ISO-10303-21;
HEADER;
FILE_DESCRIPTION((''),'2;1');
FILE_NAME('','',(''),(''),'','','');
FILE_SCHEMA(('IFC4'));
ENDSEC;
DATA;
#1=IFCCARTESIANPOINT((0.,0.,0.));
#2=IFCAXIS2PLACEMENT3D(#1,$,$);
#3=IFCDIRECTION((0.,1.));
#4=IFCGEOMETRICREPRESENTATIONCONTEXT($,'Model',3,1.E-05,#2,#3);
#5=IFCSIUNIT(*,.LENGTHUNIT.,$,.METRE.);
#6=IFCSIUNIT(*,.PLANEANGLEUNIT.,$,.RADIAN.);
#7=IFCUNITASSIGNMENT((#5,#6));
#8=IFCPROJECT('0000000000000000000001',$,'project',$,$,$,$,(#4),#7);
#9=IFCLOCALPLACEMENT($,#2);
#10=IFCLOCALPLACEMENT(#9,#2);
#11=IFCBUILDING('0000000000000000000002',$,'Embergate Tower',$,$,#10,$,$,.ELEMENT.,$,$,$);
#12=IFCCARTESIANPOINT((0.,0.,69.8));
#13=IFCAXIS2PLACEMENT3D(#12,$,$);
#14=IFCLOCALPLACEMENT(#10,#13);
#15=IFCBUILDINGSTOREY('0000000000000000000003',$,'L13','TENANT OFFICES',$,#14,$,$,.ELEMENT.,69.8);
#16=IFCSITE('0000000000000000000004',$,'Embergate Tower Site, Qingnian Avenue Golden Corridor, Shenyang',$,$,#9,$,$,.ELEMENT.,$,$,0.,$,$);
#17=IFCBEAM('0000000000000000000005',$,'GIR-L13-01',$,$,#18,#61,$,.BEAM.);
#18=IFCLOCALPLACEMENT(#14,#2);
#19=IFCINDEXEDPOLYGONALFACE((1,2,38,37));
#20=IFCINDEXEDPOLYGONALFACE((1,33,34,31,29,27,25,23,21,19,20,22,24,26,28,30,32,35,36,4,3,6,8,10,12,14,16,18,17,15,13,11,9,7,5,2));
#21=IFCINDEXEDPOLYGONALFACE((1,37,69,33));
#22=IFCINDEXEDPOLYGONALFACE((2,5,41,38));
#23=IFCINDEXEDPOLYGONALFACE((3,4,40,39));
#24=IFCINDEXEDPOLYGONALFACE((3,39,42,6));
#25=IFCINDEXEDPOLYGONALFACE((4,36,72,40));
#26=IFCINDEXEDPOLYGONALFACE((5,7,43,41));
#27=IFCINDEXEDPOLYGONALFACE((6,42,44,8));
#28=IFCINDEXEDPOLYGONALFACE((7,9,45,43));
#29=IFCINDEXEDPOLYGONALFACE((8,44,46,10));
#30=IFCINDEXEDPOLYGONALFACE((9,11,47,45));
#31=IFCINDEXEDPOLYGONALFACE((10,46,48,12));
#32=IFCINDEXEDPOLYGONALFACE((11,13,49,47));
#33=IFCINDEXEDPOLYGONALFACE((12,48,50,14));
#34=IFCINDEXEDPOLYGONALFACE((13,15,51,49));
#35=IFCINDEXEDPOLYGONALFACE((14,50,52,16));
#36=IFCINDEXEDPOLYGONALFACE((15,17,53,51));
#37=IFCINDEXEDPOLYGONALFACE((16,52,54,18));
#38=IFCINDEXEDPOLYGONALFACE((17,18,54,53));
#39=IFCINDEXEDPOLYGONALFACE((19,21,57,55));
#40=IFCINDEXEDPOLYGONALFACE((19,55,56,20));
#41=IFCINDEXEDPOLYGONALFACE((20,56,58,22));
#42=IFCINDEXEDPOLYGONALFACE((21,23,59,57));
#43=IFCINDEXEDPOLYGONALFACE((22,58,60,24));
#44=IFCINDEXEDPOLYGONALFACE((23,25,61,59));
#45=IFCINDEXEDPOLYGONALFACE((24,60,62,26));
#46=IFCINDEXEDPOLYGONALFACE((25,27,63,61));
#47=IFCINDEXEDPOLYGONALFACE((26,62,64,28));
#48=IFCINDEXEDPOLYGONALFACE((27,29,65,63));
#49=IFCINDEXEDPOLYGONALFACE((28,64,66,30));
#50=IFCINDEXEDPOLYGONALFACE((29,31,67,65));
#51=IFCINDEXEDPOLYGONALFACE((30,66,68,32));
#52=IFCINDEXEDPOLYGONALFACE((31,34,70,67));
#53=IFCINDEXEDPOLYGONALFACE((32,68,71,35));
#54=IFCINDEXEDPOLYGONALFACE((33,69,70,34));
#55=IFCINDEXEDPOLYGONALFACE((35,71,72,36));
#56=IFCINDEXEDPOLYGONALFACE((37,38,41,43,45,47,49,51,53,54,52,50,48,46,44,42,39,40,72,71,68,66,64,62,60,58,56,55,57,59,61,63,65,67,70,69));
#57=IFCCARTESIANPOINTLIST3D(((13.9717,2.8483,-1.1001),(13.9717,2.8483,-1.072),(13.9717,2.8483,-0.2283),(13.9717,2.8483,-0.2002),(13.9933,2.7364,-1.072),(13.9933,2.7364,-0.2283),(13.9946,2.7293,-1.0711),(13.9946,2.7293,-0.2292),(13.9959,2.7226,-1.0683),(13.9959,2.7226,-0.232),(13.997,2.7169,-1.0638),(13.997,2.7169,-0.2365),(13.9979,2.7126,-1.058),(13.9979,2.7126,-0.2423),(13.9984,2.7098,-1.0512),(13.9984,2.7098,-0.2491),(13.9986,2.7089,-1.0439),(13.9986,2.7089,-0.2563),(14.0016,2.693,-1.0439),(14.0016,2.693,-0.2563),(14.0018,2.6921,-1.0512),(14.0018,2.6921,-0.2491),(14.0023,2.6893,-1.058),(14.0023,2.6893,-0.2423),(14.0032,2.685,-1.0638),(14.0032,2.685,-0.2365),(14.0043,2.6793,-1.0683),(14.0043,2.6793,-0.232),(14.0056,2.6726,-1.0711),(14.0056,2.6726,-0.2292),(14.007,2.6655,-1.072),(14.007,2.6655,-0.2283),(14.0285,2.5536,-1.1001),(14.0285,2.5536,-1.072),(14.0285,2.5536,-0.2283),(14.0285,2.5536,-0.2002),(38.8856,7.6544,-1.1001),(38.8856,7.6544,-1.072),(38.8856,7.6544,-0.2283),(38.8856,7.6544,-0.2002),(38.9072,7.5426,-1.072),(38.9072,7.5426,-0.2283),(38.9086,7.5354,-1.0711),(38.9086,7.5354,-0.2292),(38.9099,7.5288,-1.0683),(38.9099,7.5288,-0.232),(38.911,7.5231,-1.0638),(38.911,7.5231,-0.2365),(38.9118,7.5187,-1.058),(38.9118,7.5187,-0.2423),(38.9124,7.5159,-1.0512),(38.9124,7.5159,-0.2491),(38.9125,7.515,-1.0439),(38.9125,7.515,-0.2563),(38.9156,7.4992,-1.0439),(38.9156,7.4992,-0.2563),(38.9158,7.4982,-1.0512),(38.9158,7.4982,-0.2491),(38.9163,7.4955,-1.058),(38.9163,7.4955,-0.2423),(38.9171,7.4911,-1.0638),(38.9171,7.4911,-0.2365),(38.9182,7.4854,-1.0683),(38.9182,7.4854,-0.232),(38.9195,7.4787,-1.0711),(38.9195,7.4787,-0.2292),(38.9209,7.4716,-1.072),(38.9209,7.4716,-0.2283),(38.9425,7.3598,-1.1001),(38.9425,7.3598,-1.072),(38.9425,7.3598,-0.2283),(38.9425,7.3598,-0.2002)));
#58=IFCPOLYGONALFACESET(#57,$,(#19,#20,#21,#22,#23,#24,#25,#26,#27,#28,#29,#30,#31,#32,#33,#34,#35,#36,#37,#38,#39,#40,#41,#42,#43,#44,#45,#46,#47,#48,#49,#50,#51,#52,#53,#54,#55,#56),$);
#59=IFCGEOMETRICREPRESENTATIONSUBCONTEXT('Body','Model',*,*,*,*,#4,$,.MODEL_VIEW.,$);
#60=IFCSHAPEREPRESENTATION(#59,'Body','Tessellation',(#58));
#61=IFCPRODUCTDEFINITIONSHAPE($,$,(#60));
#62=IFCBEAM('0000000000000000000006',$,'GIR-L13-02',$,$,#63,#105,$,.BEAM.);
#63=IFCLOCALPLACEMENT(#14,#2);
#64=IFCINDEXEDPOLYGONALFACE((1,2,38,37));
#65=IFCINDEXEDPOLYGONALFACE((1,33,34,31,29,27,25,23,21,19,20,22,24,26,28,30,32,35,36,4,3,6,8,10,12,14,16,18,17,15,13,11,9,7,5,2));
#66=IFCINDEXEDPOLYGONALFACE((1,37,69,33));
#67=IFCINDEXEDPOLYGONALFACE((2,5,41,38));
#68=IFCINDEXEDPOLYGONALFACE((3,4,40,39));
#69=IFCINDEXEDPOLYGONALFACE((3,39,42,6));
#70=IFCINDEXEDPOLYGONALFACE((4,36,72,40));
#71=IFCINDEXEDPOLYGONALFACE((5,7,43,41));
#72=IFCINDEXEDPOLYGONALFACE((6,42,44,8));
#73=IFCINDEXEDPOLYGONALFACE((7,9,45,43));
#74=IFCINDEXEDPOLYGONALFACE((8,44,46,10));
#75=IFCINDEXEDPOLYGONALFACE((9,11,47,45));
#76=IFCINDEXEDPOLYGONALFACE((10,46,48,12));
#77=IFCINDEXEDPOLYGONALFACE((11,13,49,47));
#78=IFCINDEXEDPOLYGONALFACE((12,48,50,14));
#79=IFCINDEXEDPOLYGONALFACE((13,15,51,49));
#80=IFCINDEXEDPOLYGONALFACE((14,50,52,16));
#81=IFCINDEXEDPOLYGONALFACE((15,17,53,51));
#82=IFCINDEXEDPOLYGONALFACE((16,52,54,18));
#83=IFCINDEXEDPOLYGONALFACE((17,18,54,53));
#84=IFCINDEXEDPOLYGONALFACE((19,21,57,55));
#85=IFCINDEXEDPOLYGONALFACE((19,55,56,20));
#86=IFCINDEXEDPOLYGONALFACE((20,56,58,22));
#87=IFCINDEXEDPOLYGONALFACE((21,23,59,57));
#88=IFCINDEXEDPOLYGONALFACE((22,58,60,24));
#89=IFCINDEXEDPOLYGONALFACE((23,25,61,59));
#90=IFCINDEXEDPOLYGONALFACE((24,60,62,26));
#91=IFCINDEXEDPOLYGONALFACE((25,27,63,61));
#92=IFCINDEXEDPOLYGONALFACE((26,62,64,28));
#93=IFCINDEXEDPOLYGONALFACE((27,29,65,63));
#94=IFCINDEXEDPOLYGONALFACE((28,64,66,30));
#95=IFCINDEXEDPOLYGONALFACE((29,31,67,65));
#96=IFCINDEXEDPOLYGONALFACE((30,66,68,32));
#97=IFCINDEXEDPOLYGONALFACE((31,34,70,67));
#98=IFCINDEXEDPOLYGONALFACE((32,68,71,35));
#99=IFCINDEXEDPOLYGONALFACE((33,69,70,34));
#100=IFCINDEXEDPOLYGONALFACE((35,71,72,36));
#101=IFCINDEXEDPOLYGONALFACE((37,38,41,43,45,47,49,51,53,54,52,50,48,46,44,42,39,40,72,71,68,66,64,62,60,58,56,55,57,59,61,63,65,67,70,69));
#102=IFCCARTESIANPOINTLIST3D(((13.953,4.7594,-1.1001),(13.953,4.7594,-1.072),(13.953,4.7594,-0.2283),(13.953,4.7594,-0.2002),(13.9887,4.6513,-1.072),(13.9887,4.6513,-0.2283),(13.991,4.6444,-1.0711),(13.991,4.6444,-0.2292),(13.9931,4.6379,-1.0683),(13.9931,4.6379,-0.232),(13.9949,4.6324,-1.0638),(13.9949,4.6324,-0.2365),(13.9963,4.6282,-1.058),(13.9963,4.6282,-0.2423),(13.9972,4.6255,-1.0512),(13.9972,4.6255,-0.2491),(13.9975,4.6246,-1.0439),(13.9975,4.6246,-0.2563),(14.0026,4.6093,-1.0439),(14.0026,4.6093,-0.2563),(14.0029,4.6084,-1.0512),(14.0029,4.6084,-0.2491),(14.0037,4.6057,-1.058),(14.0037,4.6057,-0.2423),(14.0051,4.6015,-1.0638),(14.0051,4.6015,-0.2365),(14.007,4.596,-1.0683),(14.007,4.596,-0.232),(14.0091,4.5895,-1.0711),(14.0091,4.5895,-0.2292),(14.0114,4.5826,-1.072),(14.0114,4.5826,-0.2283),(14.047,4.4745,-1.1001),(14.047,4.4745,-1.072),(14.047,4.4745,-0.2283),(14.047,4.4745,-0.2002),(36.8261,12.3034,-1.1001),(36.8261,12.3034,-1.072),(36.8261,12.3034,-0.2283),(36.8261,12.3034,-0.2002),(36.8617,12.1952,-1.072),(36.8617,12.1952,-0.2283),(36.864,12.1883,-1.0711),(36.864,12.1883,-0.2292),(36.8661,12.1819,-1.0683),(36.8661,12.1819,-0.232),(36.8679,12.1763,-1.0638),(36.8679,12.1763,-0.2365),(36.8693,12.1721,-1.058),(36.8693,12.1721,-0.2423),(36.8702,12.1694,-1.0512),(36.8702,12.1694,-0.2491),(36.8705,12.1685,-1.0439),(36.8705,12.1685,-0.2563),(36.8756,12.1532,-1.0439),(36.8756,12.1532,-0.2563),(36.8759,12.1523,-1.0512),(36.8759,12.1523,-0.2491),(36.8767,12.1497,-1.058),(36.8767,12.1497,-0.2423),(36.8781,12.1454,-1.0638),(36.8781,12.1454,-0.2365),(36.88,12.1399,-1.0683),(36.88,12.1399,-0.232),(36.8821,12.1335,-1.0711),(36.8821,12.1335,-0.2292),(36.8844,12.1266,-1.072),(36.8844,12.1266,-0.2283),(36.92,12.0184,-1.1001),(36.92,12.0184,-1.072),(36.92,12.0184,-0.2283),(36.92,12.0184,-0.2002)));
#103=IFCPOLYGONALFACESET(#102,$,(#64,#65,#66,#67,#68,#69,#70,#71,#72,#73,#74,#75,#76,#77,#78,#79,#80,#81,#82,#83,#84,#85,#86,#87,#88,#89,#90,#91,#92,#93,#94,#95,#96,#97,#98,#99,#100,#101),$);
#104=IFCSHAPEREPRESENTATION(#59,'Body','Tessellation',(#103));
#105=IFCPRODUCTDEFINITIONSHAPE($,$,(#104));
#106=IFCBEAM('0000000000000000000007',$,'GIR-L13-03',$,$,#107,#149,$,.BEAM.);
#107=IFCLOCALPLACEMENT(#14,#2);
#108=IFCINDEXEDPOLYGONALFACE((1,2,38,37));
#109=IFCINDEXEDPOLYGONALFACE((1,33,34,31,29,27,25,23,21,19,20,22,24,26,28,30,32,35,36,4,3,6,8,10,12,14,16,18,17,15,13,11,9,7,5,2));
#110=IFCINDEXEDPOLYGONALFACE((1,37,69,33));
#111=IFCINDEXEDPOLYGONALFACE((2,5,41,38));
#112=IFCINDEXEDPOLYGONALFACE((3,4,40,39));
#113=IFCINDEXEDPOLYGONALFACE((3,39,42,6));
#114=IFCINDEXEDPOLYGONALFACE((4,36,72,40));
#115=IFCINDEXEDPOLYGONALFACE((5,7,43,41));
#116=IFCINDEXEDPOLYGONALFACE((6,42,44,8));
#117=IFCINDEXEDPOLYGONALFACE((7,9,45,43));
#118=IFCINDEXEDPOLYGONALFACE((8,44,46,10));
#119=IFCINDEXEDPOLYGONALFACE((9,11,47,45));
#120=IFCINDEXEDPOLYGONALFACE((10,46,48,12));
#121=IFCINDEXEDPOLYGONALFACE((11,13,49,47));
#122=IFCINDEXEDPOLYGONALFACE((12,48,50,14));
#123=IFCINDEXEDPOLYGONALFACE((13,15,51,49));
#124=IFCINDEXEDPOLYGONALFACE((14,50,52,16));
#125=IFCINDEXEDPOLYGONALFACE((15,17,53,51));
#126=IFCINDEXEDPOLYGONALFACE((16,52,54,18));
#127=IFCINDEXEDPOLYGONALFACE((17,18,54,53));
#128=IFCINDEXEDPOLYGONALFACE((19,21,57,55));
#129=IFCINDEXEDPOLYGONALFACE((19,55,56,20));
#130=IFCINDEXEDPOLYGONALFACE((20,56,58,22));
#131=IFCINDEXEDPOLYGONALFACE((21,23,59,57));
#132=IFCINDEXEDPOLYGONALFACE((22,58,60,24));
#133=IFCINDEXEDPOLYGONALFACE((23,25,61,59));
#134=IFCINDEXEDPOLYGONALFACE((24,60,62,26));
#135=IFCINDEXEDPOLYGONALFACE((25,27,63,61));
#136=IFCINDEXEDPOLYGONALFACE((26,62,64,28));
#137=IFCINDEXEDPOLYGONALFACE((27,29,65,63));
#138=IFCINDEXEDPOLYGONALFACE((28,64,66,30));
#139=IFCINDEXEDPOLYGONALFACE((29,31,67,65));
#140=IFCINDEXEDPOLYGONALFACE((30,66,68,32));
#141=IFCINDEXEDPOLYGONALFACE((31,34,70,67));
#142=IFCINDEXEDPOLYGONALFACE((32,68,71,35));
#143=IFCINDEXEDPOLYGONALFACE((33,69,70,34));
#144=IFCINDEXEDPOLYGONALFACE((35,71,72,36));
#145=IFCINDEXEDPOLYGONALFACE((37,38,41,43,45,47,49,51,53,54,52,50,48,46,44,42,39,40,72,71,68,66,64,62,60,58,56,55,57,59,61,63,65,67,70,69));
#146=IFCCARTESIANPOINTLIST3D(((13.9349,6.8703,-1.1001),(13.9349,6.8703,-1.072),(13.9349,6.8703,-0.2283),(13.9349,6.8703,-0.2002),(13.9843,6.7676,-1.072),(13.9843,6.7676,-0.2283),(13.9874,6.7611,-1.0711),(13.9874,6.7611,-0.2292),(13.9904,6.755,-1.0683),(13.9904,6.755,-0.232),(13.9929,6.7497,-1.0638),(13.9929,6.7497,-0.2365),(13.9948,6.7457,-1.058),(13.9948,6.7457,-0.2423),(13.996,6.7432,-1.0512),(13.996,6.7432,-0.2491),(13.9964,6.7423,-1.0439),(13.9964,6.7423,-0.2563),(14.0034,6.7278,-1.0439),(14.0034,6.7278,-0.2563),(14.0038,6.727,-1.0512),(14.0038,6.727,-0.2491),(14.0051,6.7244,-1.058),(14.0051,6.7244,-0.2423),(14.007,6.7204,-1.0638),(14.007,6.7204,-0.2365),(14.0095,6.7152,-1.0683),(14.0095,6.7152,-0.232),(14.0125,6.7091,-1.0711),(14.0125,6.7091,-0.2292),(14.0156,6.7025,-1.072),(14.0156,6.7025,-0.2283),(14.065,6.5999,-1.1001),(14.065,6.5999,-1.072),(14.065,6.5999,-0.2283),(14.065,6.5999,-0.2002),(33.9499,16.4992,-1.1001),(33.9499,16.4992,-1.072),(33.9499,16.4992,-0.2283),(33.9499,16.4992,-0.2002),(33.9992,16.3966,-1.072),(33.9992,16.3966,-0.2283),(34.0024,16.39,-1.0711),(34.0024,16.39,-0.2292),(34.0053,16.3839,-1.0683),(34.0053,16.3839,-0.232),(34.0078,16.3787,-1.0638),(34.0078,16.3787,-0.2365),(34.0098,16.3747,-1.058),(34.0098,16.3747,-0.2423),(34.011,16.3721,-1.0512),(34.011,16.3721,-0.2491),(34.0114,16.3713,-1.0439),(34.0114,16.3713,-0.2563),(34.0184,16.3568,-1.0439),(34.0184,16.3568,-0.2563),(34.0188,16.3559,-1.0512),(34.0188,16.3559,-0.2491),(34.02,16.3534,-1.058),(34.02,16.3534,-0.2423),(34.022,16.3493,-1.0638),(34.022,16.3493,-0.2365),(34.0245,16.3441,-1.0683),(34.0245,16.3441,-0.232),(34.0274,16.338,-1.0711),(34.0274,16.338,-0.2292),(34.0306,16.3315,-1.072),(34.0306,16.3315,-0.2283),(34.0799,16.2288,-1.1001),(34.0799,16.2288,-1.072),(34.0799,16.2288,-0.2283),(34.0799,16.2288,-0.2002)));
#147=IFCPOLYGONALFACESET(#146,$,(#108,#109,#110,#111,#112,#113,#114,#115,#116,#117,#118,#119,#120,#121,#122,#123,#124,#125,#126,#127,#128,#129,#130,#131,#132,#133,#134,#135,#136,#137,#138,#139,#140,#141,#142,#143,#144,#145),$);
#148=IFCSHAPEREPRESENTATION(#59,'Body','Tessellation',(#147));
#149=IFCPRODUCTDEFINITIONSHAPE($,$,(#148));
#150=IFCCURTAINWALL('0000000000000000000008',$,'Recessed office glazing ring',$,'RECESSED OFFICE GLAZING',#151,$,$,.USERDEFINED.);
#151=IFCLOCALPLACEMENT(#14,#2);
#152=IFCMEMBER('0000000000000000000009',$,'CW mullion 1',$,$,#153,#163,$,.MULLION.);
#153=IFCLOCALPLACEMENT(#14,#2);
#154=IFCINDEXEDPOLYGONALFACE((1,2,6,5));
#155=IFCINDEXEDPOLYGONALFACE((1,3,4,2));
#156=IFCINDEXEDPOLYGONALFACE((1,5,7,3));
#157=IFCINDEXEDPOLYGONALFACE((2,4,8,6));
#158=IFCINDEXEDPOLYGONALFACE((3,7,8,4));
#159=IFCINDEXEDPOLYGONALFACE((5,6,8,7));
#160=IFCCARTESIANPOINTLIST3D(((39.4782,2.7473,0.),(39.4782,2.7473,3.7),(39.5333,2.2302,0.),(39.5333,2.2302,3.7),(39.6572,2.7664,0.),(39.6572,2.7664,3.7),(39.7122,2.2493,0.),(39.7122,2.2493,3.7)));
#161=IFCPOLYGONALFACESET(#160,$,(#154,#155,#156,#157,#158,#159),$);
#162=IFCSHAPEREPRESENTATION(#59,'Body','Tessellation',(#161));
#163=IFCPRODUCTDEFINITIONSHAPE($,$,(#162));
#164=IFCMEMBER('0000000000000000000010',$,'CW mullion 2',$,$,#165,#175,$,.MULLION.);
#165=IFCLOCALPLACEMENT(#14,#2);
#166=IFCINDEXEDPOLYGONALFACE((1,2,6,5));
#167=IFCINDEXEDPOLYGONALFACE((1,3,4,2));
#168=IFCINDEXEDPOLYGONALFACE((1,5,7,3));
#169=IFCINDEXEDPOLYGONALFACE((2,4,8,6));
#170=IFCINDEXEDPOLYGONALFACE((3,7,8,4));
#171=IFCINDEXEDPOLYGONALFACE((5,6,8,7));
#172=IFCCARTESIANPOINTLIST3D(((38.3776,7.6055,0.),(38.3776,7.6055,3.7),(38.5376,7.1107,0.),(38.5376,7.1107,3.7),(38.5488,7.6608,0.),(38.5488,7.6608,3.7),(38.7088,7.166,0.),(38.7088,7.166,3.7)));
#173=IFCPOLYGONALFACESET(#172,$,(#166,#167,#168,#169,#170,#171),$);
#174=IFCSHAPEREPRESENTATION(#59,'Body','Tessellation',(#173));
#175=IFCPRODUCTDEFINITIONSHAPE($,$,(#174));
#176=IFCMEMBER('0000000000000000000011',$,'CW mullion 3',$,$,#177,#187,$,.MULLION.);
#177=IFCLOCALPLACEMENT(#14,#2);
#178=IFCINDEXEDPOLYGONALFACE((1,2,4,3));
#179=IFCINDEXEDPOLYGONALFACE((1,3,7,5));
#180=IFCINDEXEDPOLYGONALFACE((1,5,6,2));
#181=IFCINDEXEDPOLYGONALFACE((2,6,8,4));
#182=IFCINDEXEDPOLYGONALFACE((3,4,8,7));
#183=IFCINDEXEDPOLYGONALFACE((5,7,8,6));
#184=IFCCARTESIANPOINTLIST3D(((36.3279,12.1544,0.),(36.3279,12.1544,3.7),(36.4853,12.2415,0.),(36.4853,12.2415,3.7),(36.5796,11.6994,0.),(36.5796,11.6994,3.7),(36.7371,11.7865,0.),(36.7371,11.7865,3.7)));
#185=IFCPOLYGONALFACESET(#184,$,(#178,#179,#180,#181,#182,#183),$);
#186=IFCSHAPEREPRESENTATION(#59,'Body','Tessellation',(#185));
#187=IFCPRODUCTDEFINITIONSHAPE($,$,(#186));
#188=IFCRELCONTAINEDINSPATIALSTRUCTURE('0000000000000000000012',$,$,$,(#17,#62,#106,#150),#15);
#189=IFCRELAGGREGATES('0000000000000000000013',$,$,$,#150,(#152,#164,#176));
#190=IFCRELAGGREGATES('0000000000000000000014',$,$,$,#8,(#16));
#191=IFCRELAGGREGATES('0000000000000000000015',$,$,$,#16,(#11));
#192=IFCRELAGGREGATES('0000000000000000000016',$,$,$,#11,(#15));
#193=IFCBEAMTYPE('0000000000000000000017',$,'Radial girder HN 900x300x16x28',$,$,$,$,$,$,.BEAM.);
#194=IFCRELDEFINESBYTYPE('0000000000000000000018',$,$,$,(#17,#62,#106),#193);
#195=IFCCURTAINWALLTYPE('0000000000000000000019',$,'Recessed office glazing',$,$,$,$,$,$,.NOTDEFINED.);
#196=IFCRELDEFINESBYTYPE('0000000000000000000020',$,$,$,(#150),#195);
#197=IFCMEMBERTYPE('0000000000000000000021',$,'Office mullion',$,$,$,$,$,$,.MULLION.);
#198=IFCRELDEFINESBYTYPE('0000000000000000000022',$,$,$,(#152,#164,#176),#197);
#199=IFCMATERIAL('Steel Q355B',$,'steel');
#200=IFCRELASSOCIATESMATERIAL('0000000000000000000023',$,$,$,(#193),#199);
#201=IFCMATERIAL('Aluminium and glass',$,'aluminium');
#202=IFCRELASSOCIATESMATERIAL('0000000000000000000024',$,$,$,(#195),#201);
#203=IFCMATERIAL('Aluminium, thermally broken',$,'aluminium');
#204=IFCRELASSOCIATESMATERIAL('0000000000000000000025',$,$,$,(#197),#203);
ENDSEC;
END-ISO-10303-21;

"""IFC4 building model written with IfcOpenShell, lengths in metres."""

from ifc_helpers import new_model, si_unit, direction, frame, origin, origin_2d, place, context, subcontext, project, spatial, rectangle, i_section, extrude, source, transform, mapped, material, material_profile, profile_set, type_object, element, aggregate, save


model = new_model("IFC4")

# Units and contexts
model_context = context("Model", 3, precision=1e-05, world=origin(), true_north=direction((0.0, 1.0)))
body_context = subcontext(model_context, "Body", "Model", "MODEL_VIEW")
ifc_project = project(units=[si_unit("LENGTHUNIT", "METRE"), si_unit("PLANEANGLEUNIT", "RADIAN")], contexts=[model_context])

# Site, building, storey
site_placement = place(None, origin())
site = spatial("IfcSite", under=ifc_project, at=site_placement, Name="Embergate Tower Site, Qingnian Avenue Golden Corridor, Shenyang", CompositionType="ELEMENT", RefElevation=0.0)
building_placement = place(site_placement, origin())
building = spatial("IfcBuilding", under=site, at=building_placement, Name="Embergate Tower", CompositionType="ELEMENT")
storey_placement = place(building_placement, frame((0.0, 0.0, 69.8)))
storey = spatial("IfcBuildingStorey", under=building, at=storey_placement, Name="L13", Description="TENANT OFFICES", CompositionType="ELEMENT", Elevation=69.8)

# Beams
ifc_material_1 = material(Name="Steel Q355B", Category="steel")
ifc_material_profile_1 = material_profile(ifc_material_1, i_section(OverallWidth=0.3, OverallDepth=0.8999, WebThickness=0.0161, FlangeThickness=0.0281, FilletRadius=0.0281, at=origin_2d()), Name="HN 900x300x16x28")
ifc_profile_set_1 = profile_set([ifc_material_profile_1], Name="Steel Q355 grade B")
beam_type_1 = type_object("IfcBeamType", Name="Radial girder HN 900x300x16x28", PredefinedType="BEAM", material=ifc_profile_set_1)
shared_shape_1 = source(origin(), body_context, "Body", "SweptSolid", [
    extrude(i_section(OverallWidth=0.3, OverallDepth=0.8999, WebThickness=0.0161, FlangeThickness=0.0281, FilletRadius=0.0281, at=origin_2d()), origin(), (0.0, 0.0, 1.0), 25.3733),
])
beam_1_placement = place(storey_placement, frame((38.9141, 7.5071, -0.6501), z_axis=(-0.981897, -0.189417, 0.0), x_axis=(0.189417, -0.981897, 0.0)))
element("IfcBeam", 1, at=beam_1_placement, inside=storey, type_object=beam_type_1, Name="GIR-L13-01", PredefinedType="BEAM", context=body_context, shape_type="MappedRepresentation", body=[
    mapped(shared_shape_1, transform((0.0, 0.0, 0.0))),
])
shared_shape_2 = source(origin(), body_context, "Body", "SweptSolid", [
    extrude(i_section(OverallWidth=0.3, OverallDepth=0.8999, WebThickness=0.0161, FlangeThickness=0.0281, FilletRadius=0.0281, at=origin_2d()), origin(), (0.0, 0.0, 1.0), 24.085),
])
beam_2_placement = place(storey_placement, frame((36.873, 12.1609, -0.6501), z_axis=(-0.94968, -0.313222, 0.0), x_axis=(0.313222, -0.94968, 0.0)))
element("IfcBeam", 2, at=beam_2_placement, inside=storey, type_object=beam_type_1, Name="GIR-L13-02", PredefinedType="BEAM", context=body_context, shape_type="MappedRepresentation", body=[
    mapped(shared_shape_2, transform((0.0, 0.0, 0.0))),
])
shared_shape_3 = source(origin(), body_context, "Body", "SweptSolid", [
    extrude(i_section(OverallWidth=0.3, OverallDepth=0.8999, WebThickness=0.0161, FlangeThickness=0.0281, FilletRadius=0.0281, at=origin_2d()), origin(), (0.0, 0.0, 1.0), 22.2107),
])
beam_3_placement = place(storey_placement, frame((34.0149, 16.364, -0.6501), z_axis=(-0.901141, -0.433527, 0.0), x_axis=(0.433527, -0.901141, 0.0)))
element("IfcBeam", 3, at=beam_3_placement, inside=storey, type_object=beam_type_1, Name="GIR-L13-03", PredefinedType="BEAM", context=body_context, shape_type="MappedRepresentation", body=[
    mapped(shared_shape_3, transform((0.0, 0.0, 0.0))),
])

# Curtain wall, members
ifc_material_2 = material(Name="Aluminium and glass", Category="aluminium")
curtain_wall_type = type_object("IfcCurtainWallType", Name="Recessed office glazing", PredefinedType="NOTDEFINED", material=ifc_material_2)
curtain_wall_placement = place(storey_placement, origin())
curtain_wall = element("IfcCurtainWall", 4, at=curtain_wall_placement, inside=storey, type_object=curtain_wall_type, Name="Recessed office glazing ring", ObjectType="RECESSED OFFICE GLAZING", PredefinedType="USERDEFINED")
ifc_material_3 = material(Name="Aluminium, thermally broken", Category="aluminium")
ifc_material_profile_2 = material_profile(ifc_material_3, rectangle(XDim=0.1799, YDim=0.52, at=origin_2d()), Name="AL 520x180")
ifc_profile_set_2 = profile_set([ifc_material_profile_2], Name="Aluminium, thermally broken")
member_type_1 = type_object("IfcMemberType", Name="Office mullion", PredefinedType="MULLION", material=ifc_profile_set_2)
shared_shape_4 = source(origin(), body_context, "Body", "SweptSolid", [
    extrude(rectangle(XDim=0.1799, YDim=0.52, at=origin_2d()), origin(), (0.0, 0.0, 1.0), 3.7),
])
member_1_placement = place(storey_placement, frame((39.5952, 2.4983, 0.0), z_axis=(0.0, 0.0, 1.0), x_axis=(-0.994385, -0.10582, 0.0)))
member_1 = element("IfcMember", 5, at=member_1_placement, type_object=member_type_1, Name="CW mullion 1", PredefinedType="MULLION", context=body_context, shape_type="MappedRepresentation", body=[
    mapped(shared_shape_4, transform((0.0, 0.0, 0.0))),
])
member_2_placement = place(storey_placement, frame((38.5432, 7.3857, 0.0), z_axis=(0.0, 0.0, 1.0), x_axis=(-0.951501, -0.307646, 0.0)))
member_2 = element("IfcMember", 6, at=member_2_placement, type_object=member_type_1, Name="CW mullion 2", PredefinedType="MULLION", context=body_context, shape_type="MappedRepresentation", body=[
    mapped(shared_shape_4, transform((0.0, 0.0, 0.0))),
])
member_3_placement = place(storey_placement, frame((36.5325, 11.9705, 0.0), z_axis=(0.0, 0.0, 1.0), x_axis=(-0.875008, -0.484109, 0.0)))
member_3 = element("IfcMember", 7, at=member_3_placement, type_object=member_type_1, Name="CW mullion 3", PredefinedType="MULLION", context=body_context, shape_type="MappedRepresentation", body=[
    mapped(shared_shape_4, transform((0.0, 0.0, 0.0))),
])
aggregate(curtain_wall, [member_1, member_2, member_3])

save(model, "model.ifc")
